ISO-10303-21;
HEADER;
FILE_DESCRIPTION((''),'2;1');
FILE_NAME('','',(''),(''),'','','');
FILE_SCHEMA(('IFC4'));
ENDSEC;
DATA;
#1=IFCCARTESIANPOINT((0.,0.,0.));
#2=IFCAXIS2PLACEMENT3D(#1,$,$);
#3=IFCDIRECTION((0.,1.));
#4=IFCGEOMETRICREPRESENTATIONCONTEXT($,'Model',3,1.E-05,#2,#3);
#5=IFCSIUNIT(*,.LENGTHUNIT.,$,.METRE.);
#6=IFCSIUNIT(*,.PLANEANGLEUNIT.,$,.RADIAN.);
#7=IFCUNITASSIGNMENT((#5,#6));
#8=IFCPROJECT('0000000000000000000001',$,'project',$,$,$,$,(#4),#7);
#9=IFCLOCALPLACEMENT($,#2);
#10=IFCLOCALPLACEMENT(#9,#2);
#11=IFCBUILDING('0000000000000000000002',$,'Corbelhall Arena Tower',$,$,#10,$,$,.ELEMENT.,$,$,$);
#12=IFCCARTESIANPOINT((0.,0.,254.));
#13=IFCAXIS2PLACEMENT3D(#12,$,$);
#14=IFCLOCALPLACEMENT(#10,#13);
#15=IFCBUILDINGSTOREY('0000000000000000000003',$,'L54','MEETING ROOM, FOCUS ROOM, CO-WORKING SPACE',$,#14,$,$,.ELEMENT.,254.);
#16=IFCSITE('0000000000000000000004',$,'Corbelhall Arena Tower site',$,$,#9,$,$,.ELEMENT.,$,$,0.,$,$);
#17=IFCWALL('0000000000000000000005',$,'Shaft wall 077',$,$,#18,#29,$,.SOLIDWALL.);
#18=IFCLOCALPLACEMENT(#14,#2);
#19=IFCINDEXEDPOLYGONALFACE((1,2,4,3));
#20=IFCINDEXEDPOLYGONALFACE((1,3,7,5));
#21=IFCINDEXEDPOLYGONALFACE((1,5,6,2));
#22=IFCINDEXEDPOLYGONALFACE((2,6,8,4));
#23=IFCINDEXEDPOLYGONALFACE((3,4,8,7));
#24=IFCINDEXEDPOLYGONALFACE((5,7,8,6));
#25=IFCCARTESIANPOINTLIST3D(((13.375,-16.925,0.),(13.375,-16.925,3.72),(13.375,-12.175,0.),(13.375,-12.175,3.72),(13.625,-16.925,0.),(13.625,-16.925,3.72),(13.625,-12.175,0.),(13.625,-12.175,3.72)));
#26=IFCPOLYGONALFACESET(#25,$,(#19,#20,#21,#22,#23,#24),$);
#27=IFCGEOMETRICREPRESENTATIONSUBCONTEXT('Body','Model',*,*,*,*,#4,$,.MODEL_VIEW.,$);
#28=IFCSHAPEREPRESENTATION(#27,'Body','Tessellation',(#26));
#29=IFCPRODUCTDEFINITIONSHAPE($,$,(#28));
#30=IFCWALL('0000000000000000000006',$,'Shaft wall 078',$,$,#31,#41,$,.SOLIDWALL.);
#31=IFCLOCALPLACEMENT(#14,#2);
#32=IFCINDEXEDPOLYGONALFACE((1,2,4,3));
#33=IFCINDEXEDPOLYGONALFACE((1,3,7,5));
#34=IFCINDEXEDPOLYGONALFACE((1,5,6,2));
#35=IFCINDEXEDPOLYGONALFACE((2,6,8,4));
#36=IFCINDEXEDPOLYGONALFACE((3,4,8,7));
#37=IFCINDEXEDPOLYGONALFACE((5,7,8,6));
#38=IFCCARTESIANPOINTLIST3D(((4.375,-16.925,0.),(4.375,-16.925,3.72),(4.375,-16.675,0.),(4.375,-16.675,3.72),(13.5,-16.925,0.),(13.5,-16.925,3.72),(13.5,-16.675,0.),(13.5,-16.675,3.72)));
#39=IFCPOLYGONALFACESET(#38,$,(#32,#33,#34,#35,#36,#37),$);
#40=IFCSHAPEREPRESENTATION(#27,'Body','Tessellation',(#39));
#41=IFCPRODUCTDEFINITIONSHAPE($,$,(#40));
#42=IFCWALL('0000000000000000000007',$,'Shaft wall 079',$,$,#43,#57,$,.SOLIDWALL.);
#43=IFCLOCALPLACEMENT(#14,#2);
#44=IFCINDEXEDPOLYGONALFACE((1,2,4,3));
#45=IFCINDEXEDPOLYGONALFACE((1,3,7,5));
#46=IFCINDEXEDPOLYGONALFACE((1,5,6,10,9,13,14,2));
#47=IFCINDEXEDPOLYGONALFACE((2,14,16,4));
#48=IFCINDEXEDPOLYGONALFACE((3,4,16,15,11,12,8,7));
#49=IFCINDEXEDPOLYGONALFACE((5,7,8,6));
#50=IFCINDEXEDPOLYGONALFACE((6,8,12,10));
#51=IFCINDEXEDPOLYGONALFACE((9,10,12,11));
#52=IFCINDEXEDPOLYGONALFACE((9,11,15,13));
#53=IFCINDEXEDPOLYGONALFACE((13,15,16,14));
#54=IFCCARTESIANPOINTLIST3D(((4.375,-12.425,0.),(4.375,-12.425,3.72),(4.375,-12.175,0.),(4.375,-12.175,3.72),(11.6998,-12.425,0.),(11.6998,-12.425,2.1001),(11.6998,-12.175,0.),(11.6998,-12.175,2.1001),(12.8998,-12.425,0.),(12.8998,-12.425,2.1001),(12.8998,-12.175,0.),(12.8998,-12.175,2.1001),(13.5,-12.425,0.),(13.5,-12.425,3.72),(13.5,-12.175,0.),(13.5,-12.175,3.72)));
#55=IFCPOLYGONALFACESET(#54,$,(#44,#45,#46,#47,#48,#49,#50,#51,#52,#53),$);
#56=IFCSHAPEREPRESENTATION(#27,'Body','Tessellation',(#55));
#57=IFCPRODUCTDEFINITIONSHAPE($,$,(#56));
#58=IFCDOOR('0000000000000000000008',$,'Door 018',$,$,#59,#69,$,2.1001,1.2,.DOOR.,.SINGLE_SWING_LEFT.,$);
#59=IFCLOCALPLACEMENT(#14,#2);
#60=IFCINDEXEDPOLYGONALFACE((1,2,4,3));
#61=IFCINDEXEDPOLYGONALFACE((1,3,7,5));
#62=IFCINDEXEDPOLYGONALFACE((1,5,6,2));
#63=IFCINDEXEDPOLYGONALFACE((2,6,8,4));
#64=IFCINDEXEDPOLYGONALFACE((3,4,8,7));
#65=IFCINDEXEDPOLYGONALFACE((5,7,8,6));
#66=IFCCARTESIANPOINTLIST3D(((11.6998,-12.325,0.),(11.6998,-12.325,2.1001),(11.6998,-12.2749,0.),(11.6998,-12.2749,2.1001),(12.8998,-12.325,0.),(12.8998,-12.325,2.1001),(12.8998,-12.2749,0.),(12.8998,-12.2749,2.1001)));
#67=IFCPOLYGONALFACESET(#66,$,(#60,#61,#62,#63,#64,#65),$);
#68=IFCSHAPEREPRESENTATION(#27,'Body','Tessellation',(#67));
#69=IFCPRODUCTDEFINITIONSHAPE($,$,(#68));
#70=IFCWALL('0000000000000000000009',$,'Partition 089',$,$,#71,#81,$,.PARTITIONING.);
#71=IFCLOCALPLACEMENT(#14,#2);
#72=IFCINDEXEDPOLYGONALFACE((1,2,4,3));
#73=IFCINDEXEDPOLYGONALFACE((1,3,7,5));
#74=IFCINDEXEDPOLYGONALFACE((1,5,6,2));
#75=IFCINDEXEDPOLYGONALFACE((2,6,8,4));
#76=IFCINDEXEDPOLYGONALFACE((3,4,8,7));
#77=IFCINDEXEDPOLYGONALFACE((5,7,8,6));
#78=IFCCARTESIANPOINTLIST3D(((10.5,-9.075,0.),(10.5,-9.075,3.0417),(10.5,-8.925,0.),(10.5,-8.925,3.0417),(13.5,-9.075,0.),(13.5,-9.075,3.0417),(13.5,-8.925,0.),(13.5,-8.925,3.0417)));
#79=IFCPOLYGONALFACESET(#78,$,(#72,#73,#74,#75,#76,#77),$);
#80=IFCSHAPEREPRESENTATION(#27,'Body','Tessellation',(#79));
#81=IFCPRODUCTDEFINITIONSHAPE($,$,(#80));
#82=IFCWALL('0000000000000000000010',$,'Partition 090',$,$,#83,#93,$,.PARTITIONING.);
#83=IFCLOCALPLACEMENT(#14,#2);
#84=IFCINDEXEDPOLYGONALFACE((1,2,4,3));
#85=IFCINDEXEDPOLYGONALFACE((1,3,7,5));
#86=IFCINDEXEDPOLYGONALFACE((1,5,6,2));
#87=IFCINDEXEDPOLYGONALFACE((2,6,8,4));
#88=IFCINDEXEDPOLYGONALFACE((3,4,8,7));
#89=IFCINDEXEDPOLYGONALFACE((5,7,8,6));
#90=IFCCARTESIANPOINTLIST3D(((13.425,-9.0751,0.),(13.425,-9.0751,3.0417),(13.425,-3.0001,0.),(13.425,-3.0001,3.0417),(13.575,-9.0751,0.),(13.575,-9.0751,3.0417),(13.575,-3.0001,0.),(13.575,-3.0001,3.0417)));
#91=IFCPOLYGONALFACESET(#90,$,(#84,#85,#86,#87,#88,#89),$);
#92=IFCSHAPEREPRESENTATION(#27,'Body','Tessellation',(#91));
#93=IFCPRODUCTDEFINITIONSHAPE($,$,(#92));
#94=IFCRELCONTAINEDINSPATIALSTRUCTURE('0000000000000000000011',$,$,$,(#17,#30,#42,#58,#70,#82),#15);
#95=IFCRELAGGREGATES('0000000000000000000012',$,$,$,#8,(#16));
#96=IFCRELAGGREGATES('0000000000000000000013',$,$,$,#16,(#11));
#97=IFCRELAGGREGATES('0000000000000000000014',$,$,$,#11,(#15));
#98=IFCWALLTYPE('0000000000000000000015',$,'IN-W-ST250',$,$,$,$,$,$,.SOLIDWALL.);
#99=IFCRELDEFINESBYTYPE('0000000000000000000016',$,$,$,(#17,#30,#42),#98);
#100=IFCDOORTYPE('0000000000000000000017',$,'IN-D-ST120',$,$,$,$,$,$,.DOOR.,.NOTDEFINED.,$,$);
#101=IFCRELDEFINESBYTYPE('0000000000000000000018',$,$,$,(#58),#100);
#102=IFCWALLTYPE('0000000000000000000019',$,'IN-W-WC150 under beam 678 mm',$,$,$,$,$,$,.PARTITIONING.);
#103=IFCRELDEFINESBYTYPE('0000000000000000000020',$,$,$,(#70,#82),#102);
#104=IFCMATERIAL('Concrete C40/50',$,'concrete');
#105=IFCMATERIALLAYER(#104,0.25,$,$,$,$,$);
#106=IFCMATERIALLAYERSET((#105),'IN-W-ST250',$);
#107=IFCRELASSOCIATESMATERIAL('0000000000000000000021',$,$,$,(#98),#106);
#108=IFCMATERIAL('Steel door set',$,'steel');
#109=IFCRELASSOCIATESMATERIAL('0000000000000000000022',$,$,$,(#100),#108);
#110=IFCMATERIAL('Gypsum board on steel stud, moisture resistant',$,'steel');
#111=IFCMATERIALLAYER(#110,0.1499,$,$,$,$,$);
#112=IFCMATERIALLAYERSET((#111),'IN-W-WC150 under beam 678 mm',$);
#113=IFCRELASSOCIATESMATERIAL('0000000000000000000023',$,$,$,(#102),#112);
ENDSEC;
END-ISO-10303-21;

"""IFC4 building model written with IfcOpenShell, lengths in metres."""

from ifc_helpers import new_model, si_unit, direction, frame, frame_2d, origin, place, context, subcontext, project, spatial, rectangle, extrude, material, layer, layer_set, type_object, element, fill, save


model = new_model("IFC4")

# Units and contexts
model_context = context("Model", 3, precision=1e-05, world=origin(), true_north=direction((0.0, 1.0)))
body_context = subcontext(model_context, "Body", "Model", "MODEL_VIEW")
ifc_project = project(units=[si_unit("LENGTHUNIT", "METRE"), si_unit("PLANEANGLEUNIT", "RADIAN")], contexts=[model_context])

# Site, building, storey
site_placement = place(None, origin())
site = spatial("IfcSite", under=ifc_project, at=site_placement, Name="Corbelhall Arena Tower site", CompositionType="ELEMENT", RefElevation=0.0)
building_placement = place(site_placement, origin())
building = spatial("IfcBuilding", under=site, at=building_placement, Name="Corbelhall Arena Tower", CompositionType="ELEMENT")
storey_placement = place(building_placement, frame((0.0, 0.0, 254.0)))
storey = spatial("IfcBuildingStorey", under=building, at=storey_placement, Name="L54", Description="MEETING ROOM, FOCUS ROOM, CO-WORKING SPACE", CompositionType="ELEMENT", Elevation=254.0)

# Shared definitions
ifc_material_1 = material(Name="Steel door set", Category="steel")

# Walls
ifc_material_2 = material(Name="Concrete C40/50", Category="concrete")
ifc_layer_1 = layer(ifc_material_2, 0.25)
ifc_layer_set_1 = layer_set([ifc_layer_1], Name="IN-W-ST250")
wall_type_1 = type_object("IfcWallType", Name="IN-W-ST250", PredefinedType="SOLIDWALL", material=ifc_layer_set_1)
wall_1_placement = place(storey_placement, frame((13.5, -16.925, 0.0), z_axis=(0.0, 0.0, 1.0), x_axis=(0.0, 1.0, 0.0)))
element("IfcWall", 1, at=wall_1_placement, inside=storey, type_object=wall_type_1, Name="Shaft wall 077", PredefinedType="SOLIDWALL", context=body_context, shape_type="SweptSolid", body=[
    extrude(rectangle(XDim=4.75, YDim=0.25, at=frame_2d((2.375, 0.0))), origin(), (0.0, 0.0, 1.0), 3.72),
])
wall_2_placement = place(storey_placement, frame((13.5, -16.8, 0.0), z_axis=(0.0, 0.0, 1.0), x_axis=(-1.0, 0.0, 0.0)))
element("IfcWall", 2, at=wall_2_placement, inside=storey, type_object=wall_type_1, Name="Shaft wall 078", PredefinedType="SOLIDWALL", context=body_context, shape_type="SweptSolid", body=[
    extrude(rectangle(XDim=9.125, YDim=0.25, at=frame_2d((4.5625, 0.0))), origin(), (0.0, 0.0, 1.0), 3.72),
])

# Wall, opening, door
wall_3_placement = place(storey_placement, frame((13.5, -12.3, 0.0), z_axis=(0.0, 0.0, 1.0), x_axis=(-1.0, 0.0, 0.0)))
wall_3 = element("IfcWall", 3, at=wall_3_placement, inside=storey, type_object=wall_type_1, Name="Shaft wall 079", PredefinedType="SOLIDWALL", context=body_context, shape_type="SweptSolid", body=[
    extrude(rectangle(XDim=9.125, YDim=0.25, at=frame_2d((4.5625, 0.0))), origin(), (0.0, 0.0, 1.0), 3.72),
])
opening_1_placement = place(wall_3_placement, frame((0.6001, 0.0, 0.0)))
opening_1 = element("IfcOpeningElement", 4, at=opening_1_placement, cuts=wall_3, PredefinedType="OPENING", context=body_context, shape_type="SweptSolid", body=[
    extrude(rectangle(XDim=1.2, YDim=2.1001, at=frame_2d((0.6001, 1.05))), frame((0.0, 0.125, 0.0), z_axis=(0.0, -1.0, 0.0), x_axis=(1.0, 0.0, 0.0)), (0.0, 0.0, 1.0), 0.25),
])
door_type_1 = type_object("IfcDoorType", Name="IN-D-ST120", OperationType="NOTDEFINED", PredefinedType="DOOR", material=ifc_material_1)
door_1_placement = place(opening_1_placement, origin())
door_1 = element("IfcDoor", 5, at=door_1_placement, inside=storey, type_object=door_type_1, Name="Door 018", OperationType="SINGLE_SWING_LEFT", OverallHeight=2.1001, OverallWidth=1.2, PredefinedType="DOOR", context=body_context, shape_type="SweptSolid", body=[
    extrude(rectangle(XDim=1.2, YDim=2.1001, at=frame_2d((0.6001, 1.05))), frame((0.0, 0.0249, 0.0), z_axis=(0.0, -1.0, 0.0), x_axis=(1.0, 0.0, 0.0)), (0.0, 0.0, 1.0), 0.05),
])
fill(opening_1, door_1)

# Walls
ifc_material_3 = material(Name="Gypsum board on steel stud, moisture resistant", Category="steel")
ifc_layer_2 = layer(ifc_material_3, 0.1499)
ifc_layer_set_2 = layer_set([ifc_layer_2], Name="IN-W-WC150 under beam 678 mm")
wall_type_2 = type_object("IfcWallType", Name="IN-W-WC150 under beam 678 mm", PredefinedType="PARTITIONING", material=ifc_layer_set_2)
wall_4_placement = place(storey_placement, frame((13.5, -9.0, 0.0), z_axis=(0.0, 0.0, 1.0), x_axis=(-1.0, 0.0, 0.0)))
element("IfcWall", 6, at=wall_4_placement, inside=storey, type_object=wall_type_2, Name="Partition 089", PredefinedType="PARTITIONING", context=body_context, shape_type="SweptSolid", body=[
    extrude(rectangle(XDim=3.0, YDim=0.1499, at=frame_2d((1.5, 0.0))), origin(), (0.0, 0.0, 1.0), 3.0417),
])
wall_5_placement = place(storey_placement, frame((13.5, -3.0, 0.0), z_axis=(0.0, 0.0, 1.0), x_axis=(0.0, -1.0, 0.0)))
element("IfcWall", 7, at=wall_5_placement, inside=storey, type_object=wall_type_2, Name="Partition 090", PredefinedType="PARTITIONING", context=body_context, shape_type="SweptSolid", body=[
    extrude(rectangle(XDim=6.075, YDim=0.1499, at=frame_2d((3.0376, 0.0))), origin(), (0.0, 0.0, 1.0), 3.0417),
])

save(model, "model.ifc")
